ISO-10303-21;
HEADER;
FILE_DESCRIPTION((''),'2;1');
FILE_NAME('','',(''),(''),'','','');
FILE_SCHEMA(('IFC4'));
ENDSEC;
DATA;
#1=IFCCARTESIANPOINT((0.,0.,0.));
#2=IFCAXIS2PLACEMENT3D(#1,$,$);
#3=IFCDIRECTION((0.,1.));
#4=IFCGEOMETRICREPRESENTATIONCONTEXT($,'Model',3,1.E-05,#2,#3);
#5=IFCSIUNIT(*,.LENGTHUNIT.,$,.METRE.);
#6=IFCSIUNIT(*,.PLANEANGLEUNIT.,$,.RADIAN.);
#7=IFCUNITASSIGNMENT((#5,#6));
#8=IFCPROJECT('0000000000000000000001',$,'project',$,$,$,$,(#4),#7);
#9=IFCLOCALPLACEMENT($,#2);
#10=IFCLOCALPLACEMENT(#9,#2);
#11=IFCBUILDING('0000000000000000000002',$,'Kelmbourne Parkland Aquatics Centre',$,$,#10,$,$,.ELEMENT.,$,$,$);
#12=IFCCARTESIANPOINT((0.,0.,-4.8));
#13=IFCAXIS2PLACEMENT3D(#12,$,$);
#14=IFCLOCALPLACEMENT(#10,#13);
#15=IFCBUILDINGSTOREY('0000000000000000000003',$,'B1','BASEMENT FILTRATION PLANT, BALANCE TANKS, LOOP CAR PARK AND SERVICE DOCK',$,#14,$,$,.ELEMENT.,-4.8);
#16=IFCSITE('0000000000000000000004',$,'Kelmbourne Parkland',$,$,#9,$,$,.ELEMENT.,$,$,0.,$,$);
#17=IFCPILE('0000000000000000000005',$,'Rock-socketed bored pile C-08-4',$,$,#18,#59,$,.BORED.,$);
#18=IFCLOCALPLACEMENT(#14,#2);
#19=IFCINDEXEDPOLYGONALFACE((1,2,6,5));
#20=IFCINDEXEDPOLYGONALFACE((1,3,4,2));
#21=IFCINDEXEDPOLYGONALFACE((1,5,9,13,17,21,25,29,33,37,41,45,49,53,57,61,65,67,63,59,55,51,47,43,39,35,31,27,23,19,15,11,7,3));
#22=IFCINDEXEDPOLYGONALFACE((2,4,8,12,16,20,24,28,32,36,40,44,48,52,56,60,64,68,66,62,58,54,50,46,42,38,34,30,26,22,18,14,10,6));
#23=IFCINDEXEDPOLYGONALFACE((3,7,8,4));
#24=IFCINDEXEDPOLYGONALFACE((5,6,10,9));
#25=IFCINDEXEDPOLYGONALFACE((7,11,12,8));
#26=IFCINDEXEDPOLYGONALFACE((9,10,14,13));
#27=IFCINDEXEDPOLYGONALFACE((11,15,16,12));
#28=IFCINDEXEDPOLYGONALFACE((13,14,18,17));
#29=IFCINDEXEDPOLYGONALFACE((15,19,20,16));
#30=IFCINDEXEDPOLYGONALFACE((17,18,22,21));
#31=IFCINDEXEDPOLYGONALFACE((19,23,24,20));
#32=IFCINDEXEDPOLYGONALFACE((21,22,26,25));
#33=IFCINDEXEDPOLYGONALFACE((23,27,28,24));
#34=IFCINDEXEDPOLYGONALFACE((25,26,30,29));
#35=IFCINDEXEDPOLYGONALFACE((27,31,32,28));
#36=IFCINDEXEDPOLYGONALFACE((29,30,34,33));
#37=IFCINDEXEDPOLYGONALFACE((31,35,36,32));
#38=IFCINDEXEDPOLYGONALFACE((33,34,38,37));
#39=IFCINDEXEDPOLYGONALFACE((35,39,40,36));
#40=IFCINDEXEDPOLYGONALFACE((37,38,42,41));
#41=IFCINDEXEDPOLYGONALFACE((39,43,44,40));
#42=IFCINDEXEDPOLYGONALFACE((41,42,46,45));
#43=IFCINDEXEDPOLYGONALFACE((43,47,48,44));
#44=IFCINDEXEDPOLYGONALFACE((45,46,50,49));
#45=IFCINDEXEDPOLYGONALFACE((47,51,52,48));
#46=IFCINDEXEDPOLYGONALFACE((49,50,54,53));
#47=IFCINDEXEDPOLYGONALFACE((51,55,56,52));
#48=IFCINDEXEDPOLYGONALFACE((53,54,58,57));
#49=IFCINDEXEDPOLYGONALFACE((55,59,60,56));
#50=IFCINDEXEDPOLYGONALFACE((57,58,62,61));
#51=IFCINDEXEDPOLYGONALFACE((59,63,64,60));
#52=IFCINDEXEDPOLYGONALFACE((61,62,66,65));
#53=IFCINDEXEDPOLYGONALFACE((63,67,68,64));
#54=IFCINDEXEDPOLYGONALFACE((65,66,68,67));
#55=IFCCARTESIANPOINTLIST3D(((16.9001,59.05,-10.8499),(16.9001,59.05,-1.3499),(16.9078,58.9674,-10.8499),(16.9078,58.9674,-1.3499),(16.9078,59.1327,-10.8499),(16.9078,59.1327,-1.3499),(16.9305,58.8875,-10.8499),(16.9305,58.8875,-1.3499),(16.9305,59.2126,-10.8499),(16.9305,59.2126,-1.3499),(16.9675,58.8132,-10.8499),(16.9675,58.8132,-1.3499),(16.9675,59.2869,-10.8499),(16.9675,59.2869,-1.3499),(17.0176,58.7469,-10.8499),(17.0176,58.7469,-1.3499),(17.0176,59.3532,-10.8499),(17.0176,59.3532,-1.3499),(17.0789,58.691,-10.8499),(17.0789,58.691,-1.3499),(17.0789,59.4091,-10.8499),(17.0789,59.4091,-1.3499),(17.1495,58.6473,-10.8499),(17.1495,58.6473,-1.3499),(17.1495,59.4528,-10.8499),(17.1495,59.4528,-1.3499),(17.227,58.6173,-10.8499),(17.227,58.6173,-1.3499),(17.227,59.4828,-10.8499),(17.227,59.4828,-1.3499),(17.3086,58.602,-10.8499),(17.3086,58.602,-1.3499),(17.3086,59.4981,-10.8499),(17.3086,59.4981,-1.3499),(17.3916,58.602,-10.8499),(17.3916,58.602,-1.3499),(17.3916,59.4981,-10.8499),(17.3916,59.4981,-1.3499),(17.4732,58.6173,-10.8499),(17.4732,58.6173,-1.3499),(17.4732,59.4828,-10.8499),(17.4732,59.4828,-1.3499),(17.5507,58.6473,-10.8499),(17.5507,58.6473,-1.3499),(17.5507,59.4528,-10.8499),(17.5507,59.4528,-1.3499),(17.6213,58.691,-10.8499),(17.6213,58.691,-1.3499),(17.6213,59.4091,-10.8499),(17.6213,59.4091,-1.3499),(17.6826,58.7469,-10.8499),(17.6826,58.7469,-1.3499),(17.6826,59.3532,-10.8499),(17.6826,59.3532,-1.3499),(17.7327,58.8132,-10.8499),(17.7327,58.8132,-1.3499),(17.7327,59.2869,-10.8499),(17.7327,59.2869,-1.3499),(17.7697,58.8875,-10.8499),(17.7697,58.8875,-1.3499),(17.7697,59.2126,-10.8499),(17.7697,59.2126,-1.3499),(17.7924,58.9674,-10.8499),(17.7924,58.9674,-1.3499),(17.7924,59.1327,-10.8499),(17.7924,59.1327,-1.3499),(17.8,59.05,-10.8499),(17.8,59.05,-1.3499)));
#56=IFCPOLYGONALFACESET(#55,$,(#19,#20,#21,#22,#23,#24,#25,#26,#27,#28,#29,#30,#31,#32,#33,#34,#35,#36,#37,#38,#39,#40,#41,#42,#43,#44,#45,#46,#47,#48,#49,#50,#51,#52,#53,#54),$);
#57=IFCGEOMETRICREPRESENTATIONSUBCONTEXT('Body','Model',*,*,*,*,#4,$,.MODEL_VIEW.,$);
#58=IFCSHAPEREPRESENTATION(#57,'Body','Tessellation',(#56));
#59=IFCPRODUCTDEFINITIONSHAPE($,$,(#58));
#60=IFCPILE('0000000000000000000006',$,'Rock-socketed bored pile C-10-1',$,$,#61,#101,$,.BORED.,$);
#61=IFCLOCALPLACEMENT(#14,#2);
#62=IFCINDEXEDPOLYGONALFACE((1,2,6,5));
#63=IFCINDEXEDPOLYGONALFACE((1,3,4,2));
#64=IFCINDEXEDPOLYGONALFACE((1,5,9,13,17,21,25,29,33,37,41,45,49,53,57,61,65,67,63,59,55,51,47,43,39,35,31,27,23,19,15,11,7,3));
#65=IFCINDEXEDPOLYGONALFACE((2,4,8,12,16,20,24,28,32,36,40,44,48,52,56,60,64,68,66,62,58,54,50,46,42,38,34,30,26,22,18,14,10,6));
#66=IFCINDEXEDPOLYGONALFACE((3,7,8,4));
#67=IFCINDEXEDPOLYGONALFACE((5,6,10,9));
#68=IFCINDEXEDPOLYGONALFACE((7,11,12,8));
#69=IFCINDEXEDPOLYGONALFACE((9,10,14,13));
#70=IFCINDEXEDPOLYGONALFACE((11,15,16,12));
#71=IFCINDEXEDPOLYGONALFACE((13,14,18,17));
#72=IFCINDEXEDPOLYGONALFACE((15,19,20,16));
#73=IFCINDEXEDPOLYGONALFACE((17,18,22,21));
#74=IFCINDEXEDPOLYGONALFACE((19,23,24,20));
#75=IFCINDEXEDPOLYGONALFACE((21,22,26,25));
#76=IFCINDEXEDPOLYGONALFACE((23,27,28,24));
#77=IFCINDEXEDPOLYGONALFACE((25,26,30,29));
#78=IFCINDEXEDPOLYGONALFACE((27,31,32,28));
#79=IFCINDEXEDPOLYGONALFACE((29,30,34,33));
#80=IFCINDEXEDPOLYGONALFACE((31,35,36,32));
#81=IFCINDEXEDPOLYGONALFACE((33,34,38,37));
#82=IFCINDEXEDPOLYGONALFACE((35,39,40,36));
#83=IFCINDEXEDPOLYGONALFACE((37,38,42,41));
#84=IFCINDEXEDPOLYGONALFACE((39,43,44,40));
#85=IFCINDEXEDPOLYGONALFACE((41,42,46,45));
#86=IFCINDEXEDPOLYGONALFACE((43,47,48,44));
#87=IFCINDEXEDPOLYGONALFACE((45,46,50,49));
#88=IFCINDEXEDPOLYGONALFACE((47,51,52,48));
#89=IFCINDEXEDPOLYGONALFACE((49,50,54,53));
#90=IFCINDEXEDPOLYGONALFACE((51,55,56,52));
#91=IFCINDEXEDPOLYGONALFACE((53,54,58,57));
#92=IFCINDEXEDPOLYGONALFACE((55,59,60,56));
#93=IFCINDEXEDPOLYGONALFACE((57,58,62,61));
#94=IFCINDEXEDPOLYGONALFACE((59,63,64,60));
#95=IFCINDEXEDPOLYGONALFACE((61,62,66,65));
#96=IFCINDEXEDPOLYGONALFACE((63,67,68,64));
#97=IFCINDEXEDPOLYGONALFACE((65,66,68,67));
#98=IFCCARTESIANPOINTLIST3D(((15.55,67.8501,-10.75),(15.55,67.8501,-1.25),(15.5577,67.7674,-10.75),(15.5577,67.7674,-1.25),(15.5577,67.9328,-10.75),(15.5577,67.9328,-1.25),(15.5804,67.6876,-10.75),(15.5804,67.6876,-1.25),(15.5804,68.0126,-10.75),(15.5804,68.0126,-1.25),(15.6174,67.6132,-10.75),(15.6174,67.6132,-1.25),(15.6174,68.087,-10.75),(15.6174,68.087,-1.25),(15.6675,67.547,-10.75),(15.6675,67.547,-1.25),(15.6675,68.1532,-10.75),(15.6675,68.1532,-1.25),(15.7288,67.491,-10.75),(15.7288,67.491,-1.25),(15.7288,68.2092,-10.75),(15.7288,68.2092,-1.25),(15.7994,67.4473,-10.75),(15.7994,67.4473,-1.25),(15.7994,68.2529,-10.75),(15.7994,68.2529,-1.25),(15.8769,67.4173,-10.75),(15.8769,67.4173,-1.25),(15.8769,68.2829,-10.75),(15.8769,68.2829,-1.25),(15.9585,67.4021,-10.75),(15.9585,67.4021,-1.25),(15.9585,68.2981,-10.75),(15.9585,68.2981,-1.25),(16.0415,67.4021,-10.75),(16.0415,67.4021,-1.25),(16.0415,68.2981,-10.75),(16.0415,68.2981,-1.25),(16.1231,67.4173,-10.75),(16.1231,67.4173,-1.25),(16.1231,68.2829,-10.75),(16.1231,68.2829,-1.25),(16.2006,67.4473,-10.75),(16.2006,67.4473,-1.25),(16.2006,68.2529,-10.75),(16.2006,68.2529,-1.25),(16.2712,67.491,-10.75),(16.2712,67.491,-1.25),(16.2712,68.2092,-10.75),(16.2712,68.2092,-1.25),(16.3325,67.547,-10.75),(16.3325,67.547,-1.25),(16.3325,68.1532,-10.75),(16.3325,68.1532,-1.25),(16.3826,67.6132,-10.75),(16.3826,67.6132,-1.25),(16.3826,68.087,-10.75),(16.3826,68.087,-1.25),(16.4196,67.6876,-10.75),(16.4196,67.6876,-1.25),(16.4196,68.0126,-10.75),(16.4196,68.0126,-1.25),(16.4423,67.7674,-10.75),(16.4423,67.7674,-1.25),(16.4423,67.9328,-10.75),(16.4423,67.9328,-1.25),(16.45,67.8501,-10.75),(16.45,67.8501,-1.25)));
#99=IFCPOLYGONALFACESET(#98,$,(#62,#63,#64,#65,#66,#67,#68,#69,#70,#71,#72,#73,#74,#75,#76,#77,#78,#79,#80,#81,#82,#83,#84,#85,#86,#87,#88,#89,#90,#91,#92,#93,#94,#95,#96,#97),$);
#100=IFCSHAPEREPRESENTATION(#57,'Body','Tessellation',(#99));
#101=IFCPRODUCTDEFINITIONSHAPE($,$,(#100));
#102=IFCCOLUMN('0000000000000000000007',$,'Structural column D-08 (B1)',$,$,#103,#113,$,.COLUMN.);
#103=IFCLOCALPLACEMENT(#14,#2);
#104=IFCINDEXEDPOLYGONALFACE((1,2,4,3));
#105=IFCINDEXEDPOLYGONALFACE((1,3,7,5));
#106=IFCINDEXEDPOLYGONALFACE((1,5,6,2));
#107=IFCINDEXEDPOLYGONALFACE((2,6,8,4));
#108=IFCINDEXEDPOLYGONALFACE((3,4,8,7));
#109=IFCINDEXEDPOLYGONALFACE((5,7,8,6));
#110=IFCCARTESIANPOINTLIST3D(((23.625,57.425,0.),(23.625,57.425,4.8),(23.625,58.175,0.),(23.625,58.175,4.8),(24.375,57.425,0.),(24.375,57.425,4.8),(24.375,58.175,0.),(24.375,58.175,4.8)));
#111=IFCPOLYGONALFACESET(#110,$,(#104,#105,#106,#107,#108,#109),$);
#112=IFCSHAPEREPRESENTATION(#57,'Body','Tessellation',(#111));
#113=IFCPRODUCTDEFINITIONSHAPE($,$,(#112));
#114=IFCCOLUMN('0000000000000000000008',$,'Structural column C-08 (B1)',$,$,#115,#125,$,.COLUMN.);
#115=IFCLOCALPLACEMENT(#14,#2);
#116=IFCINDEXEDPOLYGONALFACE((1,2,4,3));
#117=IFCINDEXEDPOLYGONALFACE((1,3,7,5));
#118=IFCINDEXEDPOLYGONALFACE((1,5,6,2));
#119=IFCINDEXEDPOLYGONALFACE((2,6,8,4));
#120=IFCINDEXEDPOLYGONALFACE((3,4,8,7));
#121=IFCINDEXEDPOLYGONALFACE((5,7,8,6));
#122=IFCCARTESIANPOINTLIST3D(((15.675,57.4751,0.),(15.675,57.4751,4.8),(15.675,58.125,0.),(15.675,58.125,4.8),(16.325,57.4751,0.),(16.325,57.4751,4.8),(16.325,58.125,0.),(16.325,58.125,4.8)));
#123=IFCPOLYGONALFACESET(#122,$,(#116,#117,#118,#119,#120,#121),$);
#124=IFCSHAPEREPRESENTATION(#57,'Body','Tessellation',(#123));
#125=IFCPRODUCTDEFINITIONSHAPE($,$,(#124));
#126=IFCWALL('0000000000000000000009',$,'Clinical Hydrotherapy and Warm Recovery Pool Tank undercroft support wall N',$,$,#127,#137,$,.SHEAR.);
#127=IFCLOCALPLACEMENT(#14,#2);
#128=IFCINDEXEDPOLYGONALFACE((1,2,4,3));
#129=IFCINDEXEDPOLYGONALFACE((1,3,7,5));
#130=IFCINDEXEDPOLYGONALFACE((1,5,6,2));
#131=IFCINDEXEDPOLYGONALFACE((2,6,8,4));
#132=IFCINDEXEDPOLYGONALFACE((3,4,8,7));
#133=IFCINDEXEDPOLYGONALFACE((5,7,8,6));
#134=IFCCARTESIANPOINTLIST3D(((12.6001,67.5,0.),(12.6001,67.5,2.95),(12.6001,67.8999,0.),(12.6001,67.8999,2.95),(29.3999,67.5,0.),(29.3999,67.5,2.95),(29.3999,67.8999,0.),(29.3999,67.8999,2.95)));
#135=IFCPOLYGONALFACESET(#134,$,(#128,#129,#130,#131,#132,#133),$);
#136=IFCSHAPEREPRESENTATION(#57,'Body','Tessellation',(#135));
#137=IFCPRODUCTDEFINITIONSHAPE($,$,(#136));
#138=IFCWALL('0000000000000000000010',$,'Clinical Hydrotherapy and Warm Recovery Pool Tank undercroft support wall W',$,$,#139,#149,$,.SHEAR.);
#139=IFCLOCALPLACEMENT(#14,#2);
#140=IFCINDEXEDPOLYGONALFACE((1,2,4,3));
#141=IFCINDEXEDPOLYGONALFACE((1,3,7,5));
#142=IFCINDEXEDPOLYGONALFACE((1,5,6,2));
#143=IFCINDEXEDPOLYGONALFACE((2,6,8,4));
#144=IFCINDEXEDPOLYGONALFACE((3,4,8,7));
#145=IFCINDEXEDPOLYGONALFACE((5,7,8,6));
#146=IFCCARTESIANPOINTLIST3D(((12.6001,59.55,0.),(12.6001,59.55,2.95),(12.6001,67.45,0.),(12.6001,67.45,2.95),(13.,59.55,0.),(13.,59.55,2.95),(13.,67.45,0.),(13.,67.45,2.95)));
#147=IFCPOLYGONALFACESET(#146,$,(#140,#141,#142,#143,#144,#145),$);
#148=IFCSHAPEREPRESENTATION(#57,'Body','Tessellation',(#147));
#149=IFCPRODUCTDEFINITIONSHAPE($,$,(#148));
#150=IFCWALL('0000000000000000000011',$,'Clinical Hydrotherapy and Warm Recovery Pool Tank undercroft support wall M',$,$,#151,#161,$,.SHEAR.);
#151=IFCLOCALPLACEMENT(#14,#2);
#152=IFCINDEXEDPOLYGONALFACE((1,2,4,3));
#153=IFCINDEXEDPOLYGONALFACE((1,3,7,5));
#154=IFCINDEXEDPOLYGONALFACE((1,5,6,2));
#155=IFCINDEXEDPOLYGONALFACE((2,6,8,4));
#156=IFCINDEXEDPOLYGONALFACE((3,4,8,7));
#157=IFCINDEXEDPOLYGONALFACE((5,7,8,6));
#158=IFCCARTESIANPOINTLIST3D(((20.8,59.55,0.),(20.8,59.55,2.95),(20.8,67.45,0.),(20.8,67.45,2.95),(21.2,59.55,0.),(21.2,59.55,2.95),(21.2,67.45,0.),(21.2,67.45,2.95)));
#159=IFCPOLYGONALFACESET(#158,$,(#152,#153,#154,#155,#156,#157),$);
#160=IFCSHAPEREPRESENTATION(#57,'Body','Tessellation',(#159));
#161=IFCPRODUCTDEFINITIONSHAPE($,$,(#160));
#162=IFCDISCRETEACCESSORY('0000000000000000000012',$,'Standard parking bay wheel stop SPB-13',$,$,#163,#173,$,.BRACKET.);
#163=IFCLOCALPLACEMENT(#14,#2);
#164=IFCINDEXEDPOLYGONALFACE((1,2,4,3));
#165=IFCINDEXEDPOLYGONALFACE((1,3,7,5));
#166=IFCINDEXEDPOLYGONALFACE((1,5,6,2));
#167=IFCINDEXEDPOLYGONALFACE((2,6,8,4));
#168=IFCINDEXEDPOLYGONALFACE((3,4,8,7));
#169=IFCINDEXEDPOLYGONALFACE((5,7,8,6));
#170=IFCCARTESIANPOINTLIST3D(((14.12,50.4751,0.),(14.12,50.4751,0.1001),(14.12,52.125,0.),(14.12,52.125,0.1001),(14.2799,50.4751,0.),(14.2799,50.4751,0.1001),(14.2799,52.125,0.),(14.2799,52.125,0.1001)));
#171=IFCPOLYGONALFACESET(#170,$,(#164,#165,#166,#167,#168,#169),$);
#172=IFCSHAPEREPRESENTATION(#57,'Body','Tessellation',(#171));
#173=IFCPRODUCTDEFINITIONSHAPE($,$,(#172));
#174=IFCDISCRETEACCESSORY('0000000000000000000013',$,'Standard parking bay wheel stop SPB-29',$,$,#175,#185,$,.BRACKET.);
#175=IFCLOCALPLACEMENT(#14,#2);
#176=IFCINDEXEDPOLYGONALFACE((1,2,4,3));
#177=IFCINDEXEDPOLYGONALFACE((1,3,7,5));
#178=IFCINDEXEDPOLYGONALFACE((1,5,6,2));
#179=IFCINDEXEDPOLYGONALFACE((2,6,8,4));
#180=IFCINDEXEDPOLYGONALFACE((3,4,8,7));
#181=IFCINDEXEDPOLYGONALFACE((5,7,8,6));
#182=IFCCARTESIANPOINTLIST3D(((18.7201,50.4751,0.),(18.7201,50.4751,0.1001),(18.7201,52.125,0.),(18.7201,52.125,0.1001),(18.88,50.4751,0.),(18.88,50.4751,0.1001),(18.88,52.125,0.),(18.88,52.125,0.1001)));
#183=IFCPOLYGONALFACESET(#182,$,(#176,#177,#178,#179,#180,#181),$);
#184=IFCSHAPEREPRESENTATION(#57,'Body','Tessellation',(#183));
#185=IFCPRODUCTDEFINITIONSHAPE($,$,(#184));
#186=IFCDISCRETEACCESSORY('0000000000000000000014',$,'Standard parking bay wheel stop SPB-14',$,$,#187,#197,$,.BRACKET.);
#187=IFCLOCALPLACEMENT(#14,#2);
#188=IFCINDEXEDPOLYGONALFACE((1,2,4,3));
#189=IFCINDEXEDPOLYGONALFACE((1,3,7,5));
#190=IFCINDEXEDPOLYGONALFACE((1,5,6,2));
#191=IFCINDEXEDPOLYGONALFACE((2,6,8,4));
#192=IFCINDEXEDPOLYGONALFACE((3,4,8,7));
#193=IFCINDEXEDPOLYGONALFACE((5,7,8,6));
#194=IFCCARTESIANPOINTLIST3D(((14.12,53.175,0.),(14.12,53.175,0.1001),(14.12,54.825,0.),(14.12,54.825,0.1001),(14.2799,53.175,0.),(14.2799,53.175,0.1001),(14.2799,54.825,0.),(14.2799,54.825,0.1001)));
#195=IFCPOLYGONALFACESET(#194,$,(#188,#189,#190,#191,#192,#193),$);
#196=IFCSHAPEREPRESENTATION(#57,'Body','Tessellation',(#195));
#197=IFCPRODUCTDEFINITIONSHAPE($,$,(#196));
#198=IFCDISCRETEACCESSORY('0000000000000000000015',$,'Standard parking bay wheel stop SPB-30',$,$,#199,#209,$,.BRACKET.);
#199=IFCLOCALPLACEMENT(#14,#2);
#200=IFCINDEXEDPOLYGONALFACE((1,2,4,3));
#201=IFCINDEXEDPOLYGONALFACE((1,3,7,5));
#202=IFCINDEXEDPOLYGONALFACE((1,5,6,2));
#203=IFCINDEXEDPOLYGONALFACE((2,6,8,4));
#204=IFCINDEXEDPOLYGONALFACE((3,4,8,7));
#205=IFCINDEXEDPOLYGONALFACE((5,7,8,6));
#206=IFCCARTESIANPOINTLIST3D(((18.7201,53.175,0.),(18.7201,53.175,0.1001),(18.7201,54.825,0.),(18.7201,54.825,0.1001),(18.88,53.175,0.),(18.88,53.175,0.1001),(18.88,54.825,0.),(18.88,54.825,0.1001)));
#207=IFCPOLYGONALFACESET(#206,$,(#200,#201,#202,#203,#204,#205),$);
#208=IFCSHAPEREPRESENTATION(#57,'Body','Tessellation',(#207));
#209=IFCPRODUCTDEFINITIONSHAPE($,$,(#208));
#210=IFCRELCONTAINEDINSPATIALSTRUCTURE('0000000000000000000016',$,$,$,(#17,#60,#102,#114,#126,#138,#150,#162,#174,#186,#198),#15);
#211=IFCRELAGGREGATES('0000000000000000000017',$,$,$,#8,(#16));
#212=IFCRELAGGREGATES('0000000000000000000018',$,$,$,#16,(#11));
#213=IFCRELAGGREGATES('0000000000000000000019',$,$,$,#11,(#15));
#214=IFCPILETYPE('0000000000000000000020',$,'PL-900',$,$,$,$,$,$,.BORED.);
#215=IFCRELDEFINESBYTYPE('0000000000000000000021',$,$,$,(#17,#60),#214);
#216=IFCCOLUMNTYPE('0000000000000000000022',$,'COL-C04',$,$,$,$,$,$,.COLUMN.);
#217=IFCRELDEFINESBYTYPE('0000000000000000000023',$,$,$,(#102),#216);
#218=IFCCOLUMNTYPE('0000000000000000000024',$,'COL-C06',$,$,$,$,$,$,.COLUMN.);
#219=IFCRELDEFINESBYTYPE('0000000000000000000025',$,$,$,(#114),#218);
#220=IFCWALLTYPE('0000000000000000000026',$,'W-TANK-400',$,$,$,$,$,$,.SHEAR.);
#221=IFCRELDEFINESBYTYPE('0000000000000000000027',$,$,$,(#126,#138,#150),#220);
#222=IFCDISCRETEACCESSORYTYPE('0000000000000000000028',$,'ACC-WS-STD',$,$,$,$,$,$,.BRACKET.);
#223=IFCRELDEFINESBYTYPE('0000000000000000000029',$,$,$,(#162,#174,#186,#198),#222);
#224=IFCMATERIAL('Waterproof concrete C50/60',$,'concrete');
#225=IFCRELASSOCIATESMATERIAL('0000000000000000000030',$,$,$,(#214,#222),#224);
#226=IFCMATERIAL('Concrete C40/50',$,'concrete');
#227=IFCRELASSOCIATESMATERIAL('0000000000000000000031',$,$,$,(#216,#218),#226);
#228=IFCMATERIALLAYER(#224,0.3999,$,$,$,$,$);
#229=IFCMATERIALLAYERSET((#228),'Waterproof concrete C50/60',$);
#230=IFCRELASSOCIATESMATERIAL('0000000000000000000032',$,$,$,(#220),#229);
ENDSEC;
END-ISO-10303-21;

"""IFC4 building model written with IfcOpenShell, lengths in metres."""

from ifc_helpers import new_model, si_unit, direction, frame, frame_2d, origin, origin_2d, place, context, subcontext, project, spatial, rectangle, circle, extrude, material, layer, layer_set, material_profile, profile_set, type_object, element, save


model = new_model("IFC4")

# Units and contexts
model_context = context("Model", 3, precision=1e-05, world=origin(), true_north=direction((0.0, 1.0)))
body_context = subcontext(model_context, "Body", "Model", "MODEL_VIEW")
ifc_project = project(units=[si_unit("LENGTHUNIT", "METRE"), si_unit("PLANEANGLEUNIT", "RADIAN")], contexts=[model_context])

# Site, building, storey
site_placement = place(None, origin())
site = spatial("IfcSite", under=ifc_project, at=site_placement, Name="Kelmbourne Parkland", CompositionType="ELEMENT", RefElevation=0.0)
building_placement = place(site_placement, origin())
building = spatial("IfcBuilding", under=site, at=building_placement, Name="Kelmbourne Parkland Aquatics Centre", CompositionType="ELEMENT")
storey_placement = place(building_placement, frame((0.0, 0.0, -4.8)))
storey = spatial("IfcBuildingStorey", under=building, at=storey_placement, Name="B1", Description="BASEMENT FILTRATION PLANT, BALANCE TANKS, LOOP CAR PARK AND SERVICE DOCK", CompositionType="ELEMENT", Elevation=-4.8)

# Shared definitions
ifc_material_1 = material(Name="Waterproof concrete C50/60", Category="concrete")

# Piles
ifc_material_profile_1 = material_profile(ifc_material_1, circle(Radius=0.45, at=origin_2d()), Name="PILE D900")
ifc_profile_set_1 = profile_set([ifc_material_profile_1], Name="Waterproof concrete C50/60")
pile_type_1 = type_object("IfcPileType", Name="PL-900", PredefinedType="BORED", material=ifc_profile_set_1)
for number, where, z_axis, x_axis, name in (
    (1, (17.3501, 59.05, -1.3499), (0.0, 0.0, -1.0), (1.0, 0.0, 0.0), "Rock-socketed bored pile C-08-4"),
    (2, (16.0, 67.8501, -1.25), (0.0, 0.0, -1.0), (1.0, 0.0, 0.0), "Rock-socketed bored pile C-10-1"),
):
    element("IfcPile", number, at=place(storey_placement, frame(where, z_axis=z_axis, x_axis=x_axis)), inside=storey, type_object=pile_type_1, Name=name, PredefinedType="BORED", context=body_context, shape_type="SweptSolid", body=[
        extrude(circle(Radius=0.45, at=origin_2d()), origin(), (0.0, 0.0, 1.0), 9.5),
    ])

# Columns
ifc_material_2 = material(Name="Concrete C40/50", Category="concrete")
ifc_material_profile_2 = material_profile(ifc_material_2, rectangle(XDim=0.75, YDim=0.75, at=origin_2d()), Name="RC 750x750")
ifc_profile_set_2 = profile_set([ifc_material_profile_2], Name="Concrete C40/50")
column_type_1 = type_object("IfcColumnType", Name="COL-C04", PredefinedType="COLUMN", material=ifc_profile_set_2)
column_1_placement = place(storey_placement, frame((24.0, 57.8, 0.0), z_axis=(0.0, 0.0, 1.0), x_axis=(1.0, 0.0, 0.0)))
element("IfcColumn", 3, at=column_1_placement, inside=storey, type_object=column_type_1, Name="Structural column D-08 (B1)", PredefinedType="COLUMN", context=body_context, shape_type="SweptSolid", body=[
    extrude(rectangle(XDim=0.75, YDim=0.75, at=origin_2d()), origin(), (0.0, 0.0, 1.0), 4.8),
])
ifc_material_profile_3 = material_profile(ifc_material_2, rectangle(XDim=0.6499, YDim=0.6499, at=origin_2d()), Name="RC 650x650")
ifc_profile_set_3 = profile_set([ifc_material_profile_3], Name="Concrete C40/50")
column_type_2 = type_object("IfcColumnType", Name="COL-C06", PredefinedType="COLUMN", material=ifc_profile_set_3)
column_2_placement = place(storey_placement, frame((16.0, 57.8, 0.0), z_axis=(0.0, 0.0, 1.0), x_axis=(1.0, 0.0, 0.0)))
element("IfcColumn", 4, at=column_2_placement, inside=storey, type_object=column_type_2, Name="Structural column C-08 (B1)", PredefinedType="COLUMN", context=body_context, shape_type="SweptSolid", body=[
    extrude(rectangle(XDim=0.6499, YDim=0.6499, at=origin_2d()), origin(), (0.0, 0.0, 1.0), 4.8),
])

# Walls
ifc_layer = layer(ifc_material_1, 0.3999)
ifc_layer_set = layer_set([ifc_layer], Name="Waterproof concrete C50/60")
wall_type = type_object("IfcWallType", Name="W-TANK-400", PredefinedType="SHEAR", material=ifc_layer_set)
wall_placement = place(storey_placement, frame((12.6001, 67.7, 0.0), z_axis=(0.0, 0.0, 1.0), x_axis=(1.0, 0.0, 0.0)))
element("IfcWall", 5, at=wall_placement, inside=storey, type_object=wall_type, Name="Clinical Hydrotherapy and Warm Recovery Pool Tank undercroft support wall N", PredefinedType="SHEAR", context=body_context, shape_type="SweptSolid", body=[
    extrude(rectangle(XDim=16.7998, YDim=0.3999, at=frame_2d((8.3999, 0.0))), origin(), (0.0, 0.0, 1.0), 2.95),
])
for number, where, z_axis, x_axis, name in (
    (6, (12.8, 59.55, 0.0), (0.0, 0.0, 1.0), (0.0, 1.0, 0.0), "Clinical Hydrotherapy and Warm Recovery Pool Tank undercroft support wall W"),
    (7, (21.0, 59.55, 0.0), (0.0, 0.0, 1.0), (0.0, 1.0, 0.0), "Clinical Hydrotherapy and Warm Recovery Pool Tank undercroft support wall M"),
):
    element("IfcWall", number, at=place(storey_placement, frame(where, z_axis=z_axis, x_axis=x_axis)), inside=storey, type_object=wall_type, Name=name, PredefinedType="SHEAR", context=body_context, shape_type="SweptSolid", body=[
        extrude(rectangle(XDim=7.8999, YDim=0.3999, at=frame_2d((3.95, 0.0))), origin(), (0.0, 0.0, 1.0), 2.95),
    ])

# Discrete accessories
discrete_accessory_type = type_object("IfcDiscreteAccessoryType", Name="ACC-WS-STD", PredefinedType="BRACKET", material=ifc_material_1)
for number, where, z_axis, x_axis, name in (
    (8, (14.2, 51.3, 0.0), (0.0, 0.0, 1.0), (1.0, 0.0, 0.0), "Standard parking bay wheel stop SPB-13"),
    (9, (18.8, 51.3, 0.0), (0.0, 0.0, 1.0), (1.0, 0.0, 0.0), "Standard parking bay wheel stop SPB-29"),
    (10, (14.2, 54.0, 0.0), (0.0, 0.0, 1.0), (1.0, 0.0, 0.0), "Standard parking bay wheel stop SPB-14"),
    (11, (18.8, 54.0, 0.0), (0.0, 0.0, 1.0), (1.0, 0.0, 0.0), "Standard parking bay wheel stop SPB-30"),
):
    element("IfcDiscreteAccessory", number, at=place(storey_placement, frame(where, z_axis=z_axis, x_axis=x_axis)), inside=storey, type_object=discrete_accessory_type, Name=name, PredefinedType="BRACKET", context=body_context, shape_type="SweptSolid", body=[
        extrude(rectangle(XDim=0.1599, YDim=1.6499, at=origin_2d()), origin(), (0.0, 0.0, 1.0), 0.1001),
    ])

save(model, "model.ifc")
